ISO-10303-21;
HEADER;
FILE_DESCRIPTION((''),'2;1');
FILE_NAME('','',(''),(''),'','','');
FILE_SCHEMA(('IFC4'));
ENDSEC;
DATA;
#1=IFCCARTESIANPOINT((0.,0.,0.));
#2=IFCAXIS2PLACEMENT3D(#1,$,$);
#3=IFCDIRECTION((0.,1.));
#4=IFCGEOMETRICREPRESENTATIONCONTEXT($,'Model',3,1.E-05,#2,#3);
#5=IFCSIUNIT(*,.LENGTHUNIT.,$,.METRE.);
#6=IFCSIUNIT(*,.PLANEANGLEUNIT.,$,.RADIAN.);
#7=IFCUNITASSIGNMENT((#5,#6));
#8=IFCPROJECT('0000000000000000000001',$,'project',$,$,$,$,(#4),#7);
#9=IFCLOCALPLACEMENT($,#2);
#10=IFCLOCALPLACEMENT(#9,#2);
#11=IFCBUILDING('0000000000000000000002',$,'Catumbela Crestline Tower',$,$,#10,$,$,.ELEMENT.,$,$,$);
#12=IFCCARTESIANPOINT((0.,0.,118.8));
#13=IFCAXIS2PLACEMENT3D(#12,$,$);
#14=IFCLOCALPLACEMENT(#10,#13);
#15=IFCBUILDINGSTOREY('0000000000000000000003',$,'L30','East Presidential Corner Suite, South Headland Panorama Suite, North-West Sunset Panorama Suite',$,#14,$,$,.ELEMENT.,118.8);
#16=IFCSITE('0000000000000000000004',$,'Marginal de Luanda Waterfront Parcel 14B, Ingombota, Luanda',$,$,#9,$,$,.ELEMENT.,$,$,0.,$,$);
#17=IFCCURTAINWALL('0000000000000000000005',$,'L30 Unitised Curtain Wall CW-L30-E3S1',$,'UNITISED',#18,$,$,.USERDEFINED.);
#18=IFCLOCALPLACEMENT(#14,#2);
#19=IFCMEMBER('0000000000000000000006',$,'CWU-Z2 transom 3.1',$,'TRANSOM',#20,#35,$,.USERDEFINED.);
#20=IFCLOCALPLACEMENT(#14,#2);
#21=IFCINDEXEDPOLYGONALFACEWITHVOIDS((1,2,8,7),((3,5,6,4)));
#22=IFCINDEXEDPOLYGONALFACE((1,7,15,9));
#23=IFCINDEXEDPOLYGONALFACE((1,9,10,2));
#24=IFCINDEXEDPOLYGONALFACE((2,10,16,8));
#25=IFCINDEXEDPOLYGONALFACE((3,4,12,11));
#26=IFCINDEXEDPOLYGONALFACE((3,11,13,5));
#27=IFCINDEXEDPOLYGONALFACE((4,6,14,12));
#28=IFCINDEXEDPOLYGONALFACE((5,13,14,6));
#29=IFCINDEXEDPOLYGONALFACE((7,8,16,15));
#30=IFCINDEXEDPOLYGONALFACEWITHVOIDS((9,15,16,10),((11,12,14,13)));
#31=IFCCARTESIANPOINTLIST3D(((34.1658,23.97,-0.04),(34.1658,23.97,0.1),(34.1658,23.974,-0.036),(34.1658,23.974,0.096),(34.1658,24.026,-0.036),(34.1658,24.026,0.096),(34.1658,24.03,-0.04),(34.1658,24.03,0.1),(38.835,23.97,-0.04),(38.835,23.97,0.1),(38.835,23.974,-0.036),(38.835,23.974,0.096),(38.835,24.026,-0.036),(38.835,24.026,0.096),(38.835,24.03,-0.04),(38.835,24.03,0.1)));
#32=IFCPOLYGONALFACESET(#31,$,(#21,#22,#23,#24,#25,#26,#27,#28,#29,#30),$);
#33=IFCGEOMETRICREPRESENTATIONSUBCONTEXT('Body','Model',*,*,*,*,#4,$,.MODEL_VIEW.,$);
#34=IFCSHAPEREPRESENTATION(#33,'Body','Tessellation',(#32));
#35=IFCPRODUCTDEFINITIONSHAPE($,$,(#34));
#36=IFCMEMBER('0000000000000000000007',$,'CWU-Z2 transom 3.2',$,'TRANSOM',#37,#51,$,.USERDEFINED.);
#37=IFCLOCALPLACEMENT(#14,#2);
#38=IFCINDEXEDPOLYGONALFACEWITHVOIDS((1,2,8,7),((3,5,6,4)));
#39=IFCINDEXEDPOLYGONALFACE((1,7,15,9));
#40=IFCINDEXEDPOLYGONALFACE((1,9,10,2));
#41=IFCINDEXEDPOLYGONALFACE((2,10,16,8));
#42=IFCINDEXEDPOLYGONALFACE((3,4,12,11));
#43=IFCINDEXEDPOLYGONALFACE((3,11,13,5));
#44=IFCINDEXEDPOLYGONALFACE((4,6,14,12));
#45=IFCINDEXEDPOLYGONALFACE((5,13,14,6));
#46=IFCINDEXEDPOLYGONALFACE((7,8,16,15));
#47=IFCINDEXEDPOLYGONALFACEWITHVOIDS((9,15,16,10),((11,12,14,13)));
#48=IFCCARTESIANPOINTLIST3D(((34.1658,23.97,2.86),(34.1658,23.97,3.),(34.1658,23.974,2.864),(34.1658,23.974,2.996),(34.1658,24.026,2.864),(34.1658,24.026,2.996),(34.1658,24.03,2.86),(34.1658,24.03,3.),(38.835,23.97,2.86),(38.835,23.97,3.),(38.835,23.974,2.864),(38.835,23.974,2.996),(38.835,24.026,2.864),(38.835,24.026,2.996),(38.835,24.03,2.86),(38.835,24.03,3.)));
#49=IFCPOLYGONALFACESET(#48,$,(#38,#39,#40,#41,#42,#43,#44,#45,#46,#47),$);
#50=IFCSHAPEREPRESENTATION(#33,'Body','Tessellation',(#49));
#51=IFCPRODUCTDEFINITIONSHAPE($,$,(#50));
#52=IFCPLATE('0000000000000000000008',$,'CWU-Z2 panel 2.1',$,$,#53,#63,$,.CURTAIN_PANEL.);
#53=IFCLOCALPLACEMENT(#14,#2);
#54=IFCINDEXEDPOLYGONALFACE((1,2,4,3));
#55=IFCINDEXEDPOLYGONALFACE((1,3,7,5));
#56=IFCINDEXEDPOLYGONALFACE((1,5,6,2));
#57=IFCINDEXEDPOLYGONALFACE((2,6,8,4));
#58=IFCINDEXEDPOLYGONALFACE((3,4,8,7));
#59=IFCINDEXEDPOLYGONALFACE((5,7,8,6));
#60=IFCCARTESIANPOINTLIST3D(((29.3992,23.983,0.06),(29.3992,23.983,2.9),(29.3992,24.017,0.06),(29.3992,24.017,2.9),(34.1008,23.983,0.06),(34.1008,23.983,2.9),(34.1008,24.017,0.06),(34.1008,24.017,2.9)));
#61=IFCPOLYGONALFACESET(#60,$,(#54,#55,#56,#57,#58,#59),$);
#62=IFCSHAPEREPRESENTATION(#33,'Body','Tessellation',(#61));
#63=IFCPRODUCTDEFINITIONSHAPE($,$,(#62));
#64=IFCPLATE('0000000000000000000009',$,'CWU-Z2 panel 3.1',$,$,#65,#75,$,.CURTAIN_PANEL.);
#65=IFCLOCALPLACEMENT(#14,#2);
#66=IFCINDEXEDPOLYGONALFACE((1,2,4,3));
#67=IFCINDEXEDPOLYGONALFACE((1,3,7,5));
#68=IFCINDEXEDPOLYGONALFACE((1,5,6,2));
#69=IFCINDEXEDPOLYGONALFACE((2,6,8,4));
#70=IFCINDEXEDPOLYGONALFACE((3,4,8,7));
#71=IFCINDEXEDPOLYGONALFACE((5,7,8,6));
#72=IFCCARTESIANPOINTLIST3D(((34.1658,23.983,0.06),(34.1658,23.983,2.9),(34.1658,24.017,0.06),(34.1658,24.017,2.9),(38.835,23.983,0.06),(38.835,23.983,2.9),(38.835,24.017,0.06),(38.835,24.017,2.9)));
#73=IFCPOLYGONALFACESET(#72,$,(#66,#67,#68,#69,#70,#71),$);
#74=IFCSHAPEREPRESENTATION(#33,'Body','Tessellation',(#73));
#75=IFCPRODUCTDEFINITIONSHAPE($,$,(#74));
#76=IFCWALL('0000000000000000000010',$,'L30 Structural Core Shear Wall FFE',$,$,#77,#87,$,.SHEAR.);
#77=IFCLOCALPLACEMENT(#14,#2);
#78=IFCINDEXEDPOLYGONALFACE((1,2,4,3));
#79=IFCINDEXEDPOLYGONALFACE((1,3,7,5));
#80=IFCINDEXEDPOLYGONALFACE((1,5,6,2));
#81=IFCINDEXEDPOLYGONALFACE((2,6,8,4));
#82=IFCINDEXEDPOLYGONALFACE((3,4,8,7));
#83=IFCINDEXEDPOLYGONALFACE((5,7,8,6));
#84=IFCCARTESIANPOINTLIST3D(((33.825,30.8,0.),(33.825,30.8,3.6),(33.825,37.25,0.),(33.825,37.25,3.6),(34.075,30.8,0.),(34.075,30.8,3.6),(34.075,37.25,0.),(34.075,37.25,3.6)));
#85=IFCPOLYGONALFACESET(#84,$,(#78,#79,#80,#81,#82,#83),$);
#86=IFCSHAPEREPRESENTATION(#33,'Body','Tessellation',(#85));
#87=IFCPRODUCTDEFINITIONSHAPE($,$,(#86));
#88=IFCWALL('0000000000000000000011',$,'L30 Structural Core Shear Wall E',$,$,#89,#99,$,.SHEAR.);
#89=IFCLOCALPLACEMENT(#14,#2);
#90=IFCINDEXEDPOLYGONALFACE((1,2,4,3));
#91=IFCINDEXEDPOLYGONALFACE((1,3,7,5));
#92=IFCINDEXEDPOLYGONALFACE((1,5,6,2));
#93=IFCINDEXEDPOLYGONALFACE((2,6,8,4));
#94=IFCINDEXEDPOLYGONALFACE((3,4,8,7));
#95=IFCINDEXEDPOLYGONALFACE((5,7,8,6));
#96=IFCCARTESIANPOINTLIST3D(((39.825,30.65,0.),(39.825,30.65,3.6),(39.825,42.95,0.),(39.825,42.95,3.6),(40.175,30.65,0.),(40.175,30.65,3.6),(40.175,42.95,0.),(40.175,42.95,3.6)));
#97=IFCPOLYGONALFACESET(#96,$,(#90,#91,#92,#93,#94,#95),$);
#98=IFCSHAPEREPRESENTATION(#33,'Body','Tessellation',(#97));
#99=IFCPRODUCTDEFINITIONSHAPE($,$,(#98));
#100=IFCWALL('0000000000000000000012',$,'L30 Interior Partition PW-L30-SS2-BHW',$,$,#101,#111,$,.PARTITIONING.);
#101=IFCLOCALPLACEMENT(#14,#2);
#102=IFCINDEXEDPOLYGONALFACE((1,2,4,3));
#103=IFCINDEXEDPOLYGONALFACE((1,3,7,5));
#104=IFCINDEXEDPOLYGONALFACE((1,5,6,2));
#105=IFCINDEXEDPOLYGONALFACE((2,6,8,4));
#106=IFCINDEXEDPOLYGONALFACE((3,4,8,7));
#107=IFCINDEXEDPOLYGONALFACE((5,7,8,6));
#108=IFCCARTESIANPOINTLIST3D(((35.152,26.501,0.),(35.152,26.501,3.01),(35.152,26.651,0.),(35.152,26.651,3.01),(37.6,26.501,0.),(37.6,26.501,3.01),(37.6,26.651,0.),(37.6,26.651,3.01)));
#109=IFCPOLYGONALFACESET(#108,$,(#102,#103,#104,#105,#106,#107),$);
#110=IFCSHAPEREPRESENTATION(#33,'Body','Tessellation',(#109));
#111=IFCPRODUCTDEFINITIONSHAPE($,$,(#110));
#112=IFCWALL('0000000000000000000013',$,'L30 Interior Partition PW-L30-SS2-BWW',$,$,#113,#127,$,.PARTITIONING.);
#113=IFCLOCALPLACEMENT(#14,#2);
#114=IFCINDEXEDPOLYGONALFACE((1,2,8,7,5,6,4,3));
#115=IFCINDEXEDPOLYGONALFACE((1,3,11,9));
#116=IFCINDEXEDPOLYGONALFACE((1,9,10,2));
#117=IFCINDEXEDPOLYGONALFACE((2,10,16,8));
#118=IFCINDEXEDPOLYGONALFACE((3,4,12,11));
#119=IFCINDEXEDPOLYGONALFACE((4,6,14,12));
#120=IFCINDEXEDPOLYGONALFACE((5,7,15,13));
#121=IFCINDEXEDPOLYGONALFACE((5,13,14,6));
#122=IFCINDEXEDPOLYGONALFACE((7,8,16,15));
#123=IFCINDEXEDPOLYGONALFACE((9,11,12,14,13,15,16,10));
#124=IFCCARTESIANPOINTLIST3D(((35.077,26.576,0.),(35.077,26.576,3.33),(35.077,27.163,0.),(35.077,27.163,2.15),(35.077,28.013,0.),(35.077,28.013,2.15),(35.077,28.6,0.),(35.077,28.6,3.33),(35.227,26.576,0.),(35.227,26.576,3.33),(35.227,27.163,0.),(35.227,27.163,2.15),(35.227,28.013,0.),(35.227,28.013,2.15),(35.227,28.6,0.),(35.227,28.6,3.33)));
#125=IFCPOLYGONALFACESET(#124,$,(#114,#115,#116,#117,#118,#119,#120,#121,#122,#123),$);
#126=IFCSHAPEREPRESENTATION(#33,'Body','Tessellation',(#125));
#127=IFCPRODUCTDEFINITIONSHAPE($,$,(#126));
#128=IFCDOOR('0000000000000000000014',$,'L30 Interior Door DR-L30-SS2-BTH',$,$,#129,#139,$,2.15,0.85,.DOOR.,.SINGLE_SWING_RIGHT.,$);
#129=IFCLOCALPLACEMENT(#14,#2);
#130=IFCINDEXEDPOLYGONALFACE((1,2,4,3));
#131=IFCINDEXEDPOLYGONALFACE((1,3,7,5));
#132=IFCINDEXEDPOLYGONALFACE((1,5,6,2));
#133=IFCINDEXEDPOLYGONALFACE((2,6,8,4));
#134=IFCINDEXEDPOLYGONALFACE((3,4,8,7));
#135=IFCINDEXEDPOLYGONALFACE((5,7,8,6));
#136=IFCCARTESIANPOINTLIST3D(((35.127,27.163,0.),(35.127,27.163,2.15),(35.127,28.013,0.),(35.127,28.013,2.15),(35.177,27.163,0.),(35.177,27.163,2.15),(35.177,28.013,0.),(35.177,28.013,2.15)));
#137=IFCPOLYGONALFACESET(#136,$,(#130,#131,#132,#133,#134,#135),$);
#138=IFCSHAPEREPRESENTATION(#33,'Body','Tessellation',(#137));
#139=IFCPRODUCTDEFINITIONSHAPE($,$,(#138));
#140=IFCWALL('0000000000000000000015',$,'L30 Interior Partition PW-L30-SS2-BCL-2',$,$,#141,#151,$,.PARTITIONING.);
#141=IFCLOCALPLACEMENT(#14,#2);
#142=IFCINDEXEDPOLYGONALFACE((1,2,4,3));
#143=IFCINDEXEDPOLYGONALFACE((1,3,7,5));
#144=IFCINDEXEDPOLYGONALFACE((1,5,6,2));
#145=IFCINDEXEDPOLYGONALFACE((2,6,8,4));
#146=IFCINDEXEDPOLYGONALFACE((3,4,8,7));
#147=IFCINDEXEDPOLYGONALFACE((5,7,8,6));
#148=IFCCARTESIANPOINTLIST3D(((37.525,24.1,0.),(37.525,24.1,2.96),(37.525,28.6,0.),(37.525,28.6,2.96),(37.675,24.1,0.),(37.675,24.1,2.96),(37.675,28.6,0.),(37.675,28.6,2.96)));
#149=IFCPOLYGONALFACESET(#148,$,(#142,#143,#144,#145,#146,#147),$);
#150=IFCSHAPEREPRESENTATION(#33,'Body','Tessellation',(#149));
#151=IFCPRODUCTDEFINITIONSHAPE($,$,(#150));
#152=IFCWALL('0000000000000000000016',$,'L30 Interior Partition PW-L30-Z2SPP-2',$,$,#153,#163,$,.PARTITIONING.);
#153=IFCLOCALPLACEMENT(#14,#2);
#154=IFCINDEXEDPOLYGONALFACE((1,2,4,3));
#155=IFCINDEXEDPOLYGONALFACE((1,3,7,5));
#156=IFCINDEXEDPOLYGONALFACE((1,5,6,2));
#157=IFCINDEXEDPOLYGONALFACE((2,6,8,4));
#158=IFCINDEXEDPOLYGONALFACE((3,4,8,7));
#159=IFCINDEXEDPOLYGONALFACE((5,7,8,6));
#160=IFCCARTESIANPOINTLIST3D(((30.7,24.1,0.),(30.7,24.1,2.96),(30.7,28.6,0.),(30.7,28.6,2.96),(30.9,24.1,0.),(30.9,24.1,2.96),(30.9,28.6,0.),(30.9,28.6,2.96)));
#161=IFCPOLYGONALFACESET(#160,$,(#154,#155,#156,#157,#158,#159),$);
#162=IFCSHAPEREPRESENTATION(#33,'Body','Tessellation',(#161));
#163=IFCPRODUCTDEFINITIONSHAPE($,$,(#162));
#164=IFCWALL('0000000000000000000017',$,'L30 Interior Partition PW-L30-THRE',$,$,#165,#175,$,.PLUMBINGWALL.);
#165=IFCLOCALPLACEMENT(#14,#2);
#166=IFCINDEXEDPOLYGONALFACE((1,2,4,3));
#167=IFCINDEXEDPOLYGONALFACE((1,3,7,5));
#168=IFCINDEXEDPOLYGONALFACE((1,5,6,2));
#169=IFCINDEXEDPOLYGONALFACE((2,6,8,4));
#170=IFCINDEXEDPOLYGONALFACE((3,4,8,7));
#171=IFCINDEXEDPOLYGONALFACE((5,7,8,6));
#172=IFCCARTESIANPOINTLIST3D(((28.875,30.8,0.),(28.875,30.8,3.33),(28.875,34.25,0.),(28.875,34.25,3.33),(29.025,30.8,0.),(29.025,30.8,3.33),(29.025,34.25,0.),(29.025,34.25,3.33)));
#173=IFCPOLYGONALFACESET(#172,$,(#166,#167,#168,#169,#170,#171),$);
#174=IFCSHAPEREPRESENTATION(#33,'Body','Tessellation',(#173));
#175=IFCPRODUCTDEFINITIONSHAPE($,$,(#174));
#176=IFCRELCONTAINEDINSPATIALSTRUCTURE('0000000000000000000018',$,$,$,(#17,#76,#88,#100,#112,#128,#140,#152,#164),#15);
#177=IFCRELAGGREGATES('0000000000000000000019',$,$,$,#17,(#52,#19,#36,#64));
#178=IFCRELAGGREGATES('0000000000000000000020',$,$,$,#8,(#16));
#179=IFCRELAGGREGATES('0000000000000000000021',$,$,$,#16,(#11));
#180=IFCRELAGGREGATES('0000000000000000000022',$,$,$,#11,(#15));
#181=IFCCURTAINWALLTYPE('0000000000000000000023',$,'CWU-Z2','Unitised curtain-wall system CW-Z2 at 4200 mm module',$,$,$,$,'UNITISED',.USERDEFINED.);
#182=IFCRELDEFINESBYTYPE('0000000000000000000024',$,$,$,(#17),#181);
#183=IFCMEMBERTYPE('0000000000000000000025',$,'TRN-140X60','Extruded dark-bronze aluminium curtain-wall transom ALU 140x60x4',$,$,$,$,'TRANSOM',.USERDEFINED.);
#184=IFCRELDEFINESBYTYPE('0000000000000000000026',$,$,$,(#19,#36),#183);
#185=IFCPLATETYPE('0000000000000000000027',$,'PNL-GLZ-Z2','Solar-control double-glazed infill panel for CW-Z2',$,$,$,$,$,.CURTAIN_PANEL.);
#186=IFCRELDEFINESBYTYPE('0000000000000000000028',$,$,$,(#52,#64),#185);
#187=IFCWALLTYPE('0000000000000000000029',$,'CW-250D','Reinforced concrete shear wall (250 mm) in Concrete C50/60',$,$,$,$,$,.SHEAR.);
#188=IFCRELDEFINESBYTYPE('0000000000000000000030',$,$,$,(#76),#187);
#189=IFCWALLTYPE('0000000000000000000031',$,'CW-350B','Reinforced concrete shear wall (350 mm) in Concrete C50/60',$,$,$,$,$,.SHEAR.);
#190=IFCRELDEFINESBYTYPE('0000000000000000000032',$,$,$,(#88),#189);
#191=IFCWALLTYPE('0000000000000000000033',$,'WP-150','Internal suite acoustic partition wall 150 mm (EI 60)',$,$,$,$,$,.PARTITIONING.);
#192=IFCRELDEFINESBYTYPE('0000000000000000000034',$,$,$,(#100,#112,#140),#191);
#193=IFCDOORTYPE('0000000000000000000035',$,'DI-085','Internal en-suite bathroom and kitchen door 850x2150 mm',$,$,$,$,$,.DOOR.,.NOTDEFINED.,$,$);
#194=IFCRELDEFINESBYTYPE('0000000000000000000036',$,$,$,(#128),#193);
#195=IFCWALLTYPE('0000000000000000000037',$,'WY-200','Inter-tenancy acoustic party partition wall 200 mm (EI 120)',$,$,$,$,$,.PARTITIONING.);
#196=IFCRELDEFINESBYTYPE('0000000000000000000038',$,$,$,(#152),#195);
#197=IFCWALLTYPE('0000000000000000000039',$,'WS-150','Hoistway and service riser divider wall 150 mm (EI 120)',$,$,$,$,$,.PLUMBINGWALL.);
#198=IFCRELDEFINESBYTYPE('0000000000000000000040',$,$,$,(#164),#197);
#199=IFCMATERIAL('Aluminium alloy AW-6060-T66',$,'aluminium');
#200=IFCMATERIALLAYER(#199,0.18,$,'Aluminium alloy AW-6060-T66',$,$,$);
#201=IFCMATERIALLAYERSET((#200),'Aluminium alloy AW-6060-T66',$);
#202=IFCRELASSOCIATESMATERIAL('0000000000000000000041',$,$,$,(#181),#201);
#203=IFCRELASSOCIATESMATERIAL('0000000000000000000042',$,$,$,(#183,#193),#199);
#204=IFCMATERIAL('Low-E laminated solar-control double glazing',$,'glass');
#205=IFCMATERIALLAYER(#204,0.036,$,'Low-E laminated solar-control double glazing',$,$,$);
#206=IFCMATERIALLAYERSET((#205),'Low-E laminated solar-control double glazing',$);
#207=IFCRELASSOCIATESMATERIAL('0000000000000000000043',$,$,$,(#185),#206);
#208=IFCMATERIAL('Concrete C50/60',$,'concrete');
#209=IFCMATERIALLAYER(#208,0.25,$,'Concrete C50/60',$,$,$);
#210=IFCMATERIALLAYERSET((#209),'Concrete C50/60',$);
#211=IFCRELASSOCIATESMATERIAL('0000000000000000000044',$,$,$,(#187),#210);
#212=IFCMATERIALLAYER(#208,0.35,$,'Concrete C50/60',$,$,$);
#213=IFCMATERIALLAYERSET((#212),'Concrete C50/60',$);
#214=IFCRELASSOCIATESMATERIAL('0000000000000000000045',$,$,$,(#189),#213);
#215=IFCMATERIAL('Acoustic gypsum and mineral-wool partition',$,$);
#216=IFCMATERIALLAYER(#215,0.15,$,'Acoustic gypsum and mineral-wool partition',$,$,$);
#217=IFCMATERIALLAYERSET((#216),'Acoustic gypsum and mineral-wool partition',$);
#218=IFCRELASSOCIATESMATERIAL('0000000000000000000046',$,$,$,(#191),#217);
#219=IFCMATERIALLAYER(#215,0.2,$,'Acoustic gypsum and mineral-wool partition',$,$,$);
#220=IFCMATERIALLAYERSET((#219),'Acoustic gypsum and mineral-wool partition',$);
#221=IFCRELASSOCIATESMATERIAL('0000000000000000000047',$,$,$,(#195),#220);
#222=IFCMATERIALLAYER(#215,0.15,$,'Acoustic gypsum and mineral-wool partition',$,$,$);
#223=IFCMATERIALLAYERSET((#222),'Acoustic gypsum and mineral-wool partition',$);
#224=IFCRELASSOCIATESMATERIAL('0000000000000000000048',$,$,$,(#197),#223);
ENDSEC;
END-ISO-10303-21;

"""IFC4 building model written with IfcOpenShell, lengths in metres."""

from ifc_helpers import new_model, si_unit, direction, frame, frame_2d, origin, origin_2d, place, context, subcontext, project, spatial, rectangle, hollow_rectangle, extrude, material, layer, layer_set, material_profile, profile_set, type_object, element, fill, aggregate, save


model = new_model("IFC4")

# Units and contexts
model_context = context("Model", 3, precision=1e-05, world=origin(), true_north=direction((0.0, 1.0)))
body_context = subcontext(model_context, "Body", "Model", "MODEL_VIEW")
ifc_project = project(units=[si_unit("LENGTHUNIT", "METRE"), si_unit("PLANEANGLEUNIT", "RADIAN")], contexts=[model_context])

# Site, building, storey
site_placement = place(None, origin())
site = spatial("IfcSite", under=ifc_project, at=site_placement, Name="Marginal de Luanda Waterfront Parcel 14B, Ingombota, Luanda", CompositionType="ELEMENT", RefElevation=0.0)
building_placement = place(site_placement, origin())
building = spatial("IfcBuilding", under=site, at=building_placement, Name="Catumbela Crestline Tower", CompositionType="ELEMENT")
storey_placement = place(building_placement, frame((0.0, 0.0, 118.8)))
storey = spatial("IfcBuildingStorey", under=building, at=storey_placement, Name="L30", Description="East Presidential Corner Suite, South Headland Panorama Suite, North-West Sunset Panorama Suite", CompositionType="ELEMENT", Elevation=118.8)

# Shared definitions
ifc_material_1 = material(Name="Concrete C50/60", Category="concrete")

# Curtain wall
ifc_material_2 = material(Name="Aluminium alloy AW-6060-T66", Category="aluminium")
ifc_layer_1 = layer(ifc_material_2, 0.18, Name="Aluminium alloy AW-6060-T66")
ifc_layer_set_1 = layer_set([ifc_layer_1], Name="Aluminium alloy AW-6060-T66")
curtain_wall_type = type_object("IfcCurtainWallType", Name="CWU-Z2", Description="Unitised curtain-wall system CW-Z2 at 4200 mm module", ElementType="UNITISED", PredefinedType="USERDEFINED", material=ifc_layer_set_1)
curtain_wall_placement = place(storey_placement, origin())
curtain_wall = element("IfcCurtainWall", 1, at=curtain_wall_placement, inside=storey, type_object=curtain_wall_type, Name="L30 Unitised Curtain Wall CW-L30-E3S1", ObjectType="UNITISED", PredefinedType="USERDEFINED")

# Members
ifc_material_profile_1 = material_profile(ifc_material_2, hollow_rectangle(XDim=0.06, YDim=0.14, WallThickness=0.004, at=origin_2d()), Name="ALU 140x60x4")
ifc_profile_set_1 = profile_set([ifc_material_profile_1], Name="Aluminium alloy AW-6060-T66")
member_type_1 = type_object("IfcMemberType", Name="TRN-140X60", Description="Extruded dark-bronze aluminium curtain-wall transom ALU 140x60x4", ElementType="TRANSOM", PredefinedType="USERDEFINED", material=ifc_profile_set_1)
member_1_placement = place(storey_placement, frame((34.1658, 24.0, 0.03), z_axis=(1.0, 0.0, 0.0), x_axis=(0.0, 1.0, 0.0)))
member_1 = element("IfcMember", 2, at=member_1_placement, type_object=member_type_1, Name="CWU-Z2 transom 3.1", ObjectType="TRANSOM", PredefinedType="USERDEFINED", context=body_context, shape_type="SweptSolid", body=[
    extrude(hollow_rectangle(XDim=0.06, YDim=0.14, WallThickness=0.004, at=origin_2d()), origin(), (0.0, 0.0, 1.0), 4.6692),
])
member_2_placement = place(storey_placement, frame((34.1658, 24.0, 2.93), z_axis=(1.0, 0.0, 0.0), x_axis=(0.0, 1.0, 0.0)))
member_2 = element("IfcMember", 3, at=member_2_placement, type_object=member_type_1, Name="CWU-Z2 transom 3.2", ObjectType="TRANSOM", PredefinedType="USERDEFINED", context=body_context, shape_type="SweptSolid", body=[
    extrude(hollow_rectangle(XDim=0.06, YDim=0.14, WallThickness=0.004, at=origin_2d()), origin(), (0.0, 0.0, 1.0), 4.6692),
])

# Plates
ifc_material_3 = material(Name="Low-E laminated solar-control double glazing", Category="glass")
ifc_layer_2 = layer(ifc_material_3, 0.036, Name="Low-E laminated solar-control double glazing")
ifc_layer_set_2 = layer_set([ifc_layer_2], Name="Low-E laminated solar-control double glazing")
plate_type = type_object("IfcPlateType", Name="PNL-GLZ-Z2", Description="Solar-control double-glazed infill panel for CW-Z2", PredefinedType="CURTAIN_PANEL", material=ifc_layer_set_2)
plate_1_placement = place(storey_placement, frame((31.75, 24.0, 0.06), z_axis=(0.0, 0.0, 1.0), x_axis=(1.0, 0.0, 0.0)))
plate_1 = element("IfcPlate", 4, at=plate_1_placement, type_object=plate_type, Name="CWU-Z2 panel 2.1", PredefinedType="CURTAIN_PANEL", context=body_context, shape_type="SweptSolid", body=[
    extrude(rectangle(XDim=4.7017, YDim=0.034, at=origin_2d()), origin(), (0.0, 0.0, 1.0), 2.84),
])
plate_2_placement = place(storey_placement, frame((36.5004, 24.0, 0.06), z_axis=(0.0, 0.0, 1.0), x_axis=(1.0, 0.0, 0.0)))
plate_2 = element("IfcPlate", 5, at=plate_2_placement, type_object=plate_type, Name="CWU-Z2 panel 3.1", PredefinedType="CURTAIN_PANEL", context=body_context, shape_type="SweptSolid", body=[
    extrude(rectangle(XDim=4.6692, YDim=0.034, at=origin_2d()), origin(), (0.0, 0.0, 1.0), 2.84),
])
aggregate(curtain_wall, [plate_1, member_1, member_2, plate_2])

# Walls
ifc_layer_3 = layer(ifc_material_1, 0.25, Name="Concrete C50/60")
ifc_layer_set_3 = layer_set([ifc_layer_3], Name="Concrete C50/60")
wall_type_1 = type_object("IfcWallType", Name="CW-250D", Description="Reinforced concrete shear wall (250 mm) in Concrete C50/60", PredefinedType="SHEAR", material=ifc_layer_set_3)
wall_1_placement = place(storey_placement, frame((33.95, 30.8, 0.0), z_axis=(0.0, 0.0, 1.0), x_axis=(0.0, 1.0, 0.0)))
element("IfcWall", 6, at=wall_1_placement, inside=storey, type_object=wall_type_1, Name="L30 Structural Core Shear Wall FFE", PredefinedType="SHEAR", context=body_context, shape_type="SweptSolid", body=[
    extrude(rectangle(XDim=6.45, YDim=0.25, at=frame_2d((3.225, 0.0))), origin(), (0.0, 0.0, 1.0), 3.6),
])
ifc_layer_4 = layer(ifc_material_1, 0.35, Name="Concrete C50/60")
ifc_layer_set_4 = layer_set([ifc_layer_4], Name="Concrete C50/60")
wall_type_2 = type_object("IfcWallType", Name="CW-350B", Description="Reinforced concrete shear wall (350 mm) in Concrete C50/60", PredefinedType="SHEAR", material=ifc_layer_set_4)
wall_2_placement = place(storey_placement, frame((40.0, 30.65, 0.0), z_axis=(0.0, 0.0, 1.0), x_axis=(0.0, 1.0, 0.0)))
element("IfcWall", 7, at=wall_2_placement, inside=storey, type_object=wall_type_2, Name="L30 Structural Core Shear Wall E", PredefinedType="SHEAR", context=body_context, shape_type="SweptSolid", body=[
    extrude(rectangle(XDim=12.3, YDim=0.35, at=frame_2d((6.15, 0.0))), origin(), (0.0, 0.0, 1.0), 3.6),
])
ifc_material_4 = material(Name="Acoustic gypsum and mineral-wool partition")
ifc_layer_5 = layer(ifc_material_4, 0.15, Name="Acoustic gypsum and mineral-wool partition")
ifc_layer_set_5 = layer_set([ifc_layer_5], Name="Acoustic gypsum and mineral-wool partition")
wall_type_3 = type_object("IfcWallType", Name="WP-150", Description="Internal suite acoustic partition wall 150 mm (EI 60)", PredefinedType="PARTITIONING", material=ifc_layer_set_5)
wall_3_placement = place(storey_placement, frame((35.152, 26.576, 0.0), z_axis=(0.0, 0.0, 1.0), x_axis=(1.0, 0.0, 0.0)))
element("IfcWall", 8, at=wall_3_placement, inside=storey, type_object=wall_type_3, Name="L30 Interior Partition PW-L30-SS2-BHW", PredefinedType="PARTITIONING", context=body_context, shape_type="SweptSolid", body=[
    extrude(rectangle(XDim=2.448, YDim=0.15, at=frame_2d((1.224, 0.0))), origin(), (0.0, 0.0, 1.0), 3.01),
])

# Wall, opening, door
wall_4_placement = place(storey_placement, frame((35.152, 26.576, 0.0), z_axis=(0.0, 0.0, 1.0), x_axis=(0.0, 1.0, 0.0)))
wall_4 = element("IfcWall", 9, at=wall_4_placement, inside=storey, type_object=wall_type_3, Name="L30 Interior Partition PW-L30-SS2-BWW", PredefinedType="PARTITIONING", context=body_context, shape_type="SweptSolid", body=[
    extrude(rectangle(XDim=2.024, YDim=0.15, at=frame_2d((1.012, 0.0))), origin(), (0.0, 0.0, 1.0), 3.33),
])
opening_placement = place(wall_4_placement, frame((0.587, 0.0, 0.0)))
opening = element("IfcOpeningElement", 10, at=opening_placement, cuts=wall_4, PredefinedType="OPENING", context=body_context, shape_type="SweptSolid", body=[
    extrude(rectangle(XDim=0.85, YDim=2.15, at=frame_2d((0.425, 1.075))), frame((0.0, 0.085, 0.0), z_axis=(0.0, -1.0, 0.0), x_axis=(1.0, 0.0, 0.0)), (0.0, 0.0, 1.0), 0.17),
])
door_type = type_object("IfcDoorType", Name="DI-085", Description="Internal en-suite bathroom and kitchen door 850x2150 mm", OperationType="NOTDEFINED", PredefinedType="DOOR", material=ifc_material_2)
door_placement = place(opening_placement, origin())
door = element("IfcDoor", 11, at=door_placement, inside=storey, type_object=door_type, Name="L30 Interior Door DR-L30-SS2-BTH", OperationType="SINGLE_SWING_RIGHT", OverallHeight=2.15, OverallWidth=0.85, PredefinedType="DOOR", context=body_context, shape_type="SweptSolid", body=[
    extrude(rectangle(XDim=0.85, YDim=2.15, at=frame_2d((0.425, 1.075))), frame((0.0, 0.025, 0.0), z_axis=(0.0, -1.0, 0.0), x_axis=(1.0, 0.0, 0.0)), (0.0, 0.0, 1.0), 0.05),
])
fill(opening, door)

# Walls
wall_5_placement = place(storey_placement, frame((37.6, 28.6, 0.0), z_axis=(0.0, 0.0, 1.0), x_axis=(0.0, -1.0, 0.0)))
element("IfcWall", 12, at=wall_5_placement, inside=storey, type_object=wall_type_3, Name="L30 Interior Partition PW-L30-SS2-BCL-2", PredefinedType="PARTITIONING", context=body_context, shape_type="SweptSolid", body=[
    extrude(rectangle(XDim=4.5, YDim=0.15, at=frame_2d((2.25, 0.0))), origin(), (0.0, 0.0, 1.0), 2.96),
])
ifc_layer_6 = layer(ifc_material_4, 0.2, Name="Acoustic gypsum and mineral-wool partition")
ifc_layer_set_6 = layer_set([ifc_layer_6], Name="Acoustic gypsum and mineral-wool partition")
wall_type_4 = type_object("IfcWallType", Name="WY-200", Description="Inter-tenancy acoustic party partition wall 200 mm (EI 120)", PredefinedType="PARTITIONING", material=ifc_layer_set_6)
wall_6_placement = place(storey_placement, frame((30.8, 24.1, 0.0), z_axis=(0.0, 0.0, 1.0), x_axis=(0.0, 1.0, 0.0)))
element("IfcWall", 13, at=wall_6_placement, inside=storey, type_object=wall_type_4, Name="L30 Interior Partition PW-L30-Z2SPP-2", PredefinedType="PARTITIONING", context=body_context, shape_type="SweptSolid", body=[
    extrude(rectangle(XDim=4.5, YDim=0.2, at=frame_2d((2.25, 0.0))), origin(), (0.0, 0.0, 1.0), 2.96),
])
ifc_layer_7 = layer(ifc_material_4, 0.15, Name="Acoustic gypsum and mineral-wool partition")
ifc_layer_set_7 = layer_set([ifc_layer_7], Name="Acoustic gypsum and mineral-wool partition")
wall_type_5 = type_object("IfcWallType", Name="WS-150", Description="Hoistway and service riser divider wall 150 mm (EI 120)", PredefinedType="PLUMBINGWALL", material=ifc_layer_set_7)
wall_7_placement = place(storey_placement, frame((28.95, 30.8, 0.0), z_axis=(0.0, 0.0, 1.0), x_axis=(0.0, 1.0, 0.0)))
element("IfcWall", 14, at=wall_7_placement, inside=storey, type_object=wall_type_5, Name="L30 Interior Partition PW-L30-THRE", PredefinedType="PLUMBINGWALL", context=body_context, shape_type="SweptSolid", body=[
    extrude(rectangle(XDim=3.45, YDim=0.15, at=frame_2d((1.725, 0.0))), origin(), (0.0, 0.0, 1.0), 3.33),
])

save(model, "model.ifc")
